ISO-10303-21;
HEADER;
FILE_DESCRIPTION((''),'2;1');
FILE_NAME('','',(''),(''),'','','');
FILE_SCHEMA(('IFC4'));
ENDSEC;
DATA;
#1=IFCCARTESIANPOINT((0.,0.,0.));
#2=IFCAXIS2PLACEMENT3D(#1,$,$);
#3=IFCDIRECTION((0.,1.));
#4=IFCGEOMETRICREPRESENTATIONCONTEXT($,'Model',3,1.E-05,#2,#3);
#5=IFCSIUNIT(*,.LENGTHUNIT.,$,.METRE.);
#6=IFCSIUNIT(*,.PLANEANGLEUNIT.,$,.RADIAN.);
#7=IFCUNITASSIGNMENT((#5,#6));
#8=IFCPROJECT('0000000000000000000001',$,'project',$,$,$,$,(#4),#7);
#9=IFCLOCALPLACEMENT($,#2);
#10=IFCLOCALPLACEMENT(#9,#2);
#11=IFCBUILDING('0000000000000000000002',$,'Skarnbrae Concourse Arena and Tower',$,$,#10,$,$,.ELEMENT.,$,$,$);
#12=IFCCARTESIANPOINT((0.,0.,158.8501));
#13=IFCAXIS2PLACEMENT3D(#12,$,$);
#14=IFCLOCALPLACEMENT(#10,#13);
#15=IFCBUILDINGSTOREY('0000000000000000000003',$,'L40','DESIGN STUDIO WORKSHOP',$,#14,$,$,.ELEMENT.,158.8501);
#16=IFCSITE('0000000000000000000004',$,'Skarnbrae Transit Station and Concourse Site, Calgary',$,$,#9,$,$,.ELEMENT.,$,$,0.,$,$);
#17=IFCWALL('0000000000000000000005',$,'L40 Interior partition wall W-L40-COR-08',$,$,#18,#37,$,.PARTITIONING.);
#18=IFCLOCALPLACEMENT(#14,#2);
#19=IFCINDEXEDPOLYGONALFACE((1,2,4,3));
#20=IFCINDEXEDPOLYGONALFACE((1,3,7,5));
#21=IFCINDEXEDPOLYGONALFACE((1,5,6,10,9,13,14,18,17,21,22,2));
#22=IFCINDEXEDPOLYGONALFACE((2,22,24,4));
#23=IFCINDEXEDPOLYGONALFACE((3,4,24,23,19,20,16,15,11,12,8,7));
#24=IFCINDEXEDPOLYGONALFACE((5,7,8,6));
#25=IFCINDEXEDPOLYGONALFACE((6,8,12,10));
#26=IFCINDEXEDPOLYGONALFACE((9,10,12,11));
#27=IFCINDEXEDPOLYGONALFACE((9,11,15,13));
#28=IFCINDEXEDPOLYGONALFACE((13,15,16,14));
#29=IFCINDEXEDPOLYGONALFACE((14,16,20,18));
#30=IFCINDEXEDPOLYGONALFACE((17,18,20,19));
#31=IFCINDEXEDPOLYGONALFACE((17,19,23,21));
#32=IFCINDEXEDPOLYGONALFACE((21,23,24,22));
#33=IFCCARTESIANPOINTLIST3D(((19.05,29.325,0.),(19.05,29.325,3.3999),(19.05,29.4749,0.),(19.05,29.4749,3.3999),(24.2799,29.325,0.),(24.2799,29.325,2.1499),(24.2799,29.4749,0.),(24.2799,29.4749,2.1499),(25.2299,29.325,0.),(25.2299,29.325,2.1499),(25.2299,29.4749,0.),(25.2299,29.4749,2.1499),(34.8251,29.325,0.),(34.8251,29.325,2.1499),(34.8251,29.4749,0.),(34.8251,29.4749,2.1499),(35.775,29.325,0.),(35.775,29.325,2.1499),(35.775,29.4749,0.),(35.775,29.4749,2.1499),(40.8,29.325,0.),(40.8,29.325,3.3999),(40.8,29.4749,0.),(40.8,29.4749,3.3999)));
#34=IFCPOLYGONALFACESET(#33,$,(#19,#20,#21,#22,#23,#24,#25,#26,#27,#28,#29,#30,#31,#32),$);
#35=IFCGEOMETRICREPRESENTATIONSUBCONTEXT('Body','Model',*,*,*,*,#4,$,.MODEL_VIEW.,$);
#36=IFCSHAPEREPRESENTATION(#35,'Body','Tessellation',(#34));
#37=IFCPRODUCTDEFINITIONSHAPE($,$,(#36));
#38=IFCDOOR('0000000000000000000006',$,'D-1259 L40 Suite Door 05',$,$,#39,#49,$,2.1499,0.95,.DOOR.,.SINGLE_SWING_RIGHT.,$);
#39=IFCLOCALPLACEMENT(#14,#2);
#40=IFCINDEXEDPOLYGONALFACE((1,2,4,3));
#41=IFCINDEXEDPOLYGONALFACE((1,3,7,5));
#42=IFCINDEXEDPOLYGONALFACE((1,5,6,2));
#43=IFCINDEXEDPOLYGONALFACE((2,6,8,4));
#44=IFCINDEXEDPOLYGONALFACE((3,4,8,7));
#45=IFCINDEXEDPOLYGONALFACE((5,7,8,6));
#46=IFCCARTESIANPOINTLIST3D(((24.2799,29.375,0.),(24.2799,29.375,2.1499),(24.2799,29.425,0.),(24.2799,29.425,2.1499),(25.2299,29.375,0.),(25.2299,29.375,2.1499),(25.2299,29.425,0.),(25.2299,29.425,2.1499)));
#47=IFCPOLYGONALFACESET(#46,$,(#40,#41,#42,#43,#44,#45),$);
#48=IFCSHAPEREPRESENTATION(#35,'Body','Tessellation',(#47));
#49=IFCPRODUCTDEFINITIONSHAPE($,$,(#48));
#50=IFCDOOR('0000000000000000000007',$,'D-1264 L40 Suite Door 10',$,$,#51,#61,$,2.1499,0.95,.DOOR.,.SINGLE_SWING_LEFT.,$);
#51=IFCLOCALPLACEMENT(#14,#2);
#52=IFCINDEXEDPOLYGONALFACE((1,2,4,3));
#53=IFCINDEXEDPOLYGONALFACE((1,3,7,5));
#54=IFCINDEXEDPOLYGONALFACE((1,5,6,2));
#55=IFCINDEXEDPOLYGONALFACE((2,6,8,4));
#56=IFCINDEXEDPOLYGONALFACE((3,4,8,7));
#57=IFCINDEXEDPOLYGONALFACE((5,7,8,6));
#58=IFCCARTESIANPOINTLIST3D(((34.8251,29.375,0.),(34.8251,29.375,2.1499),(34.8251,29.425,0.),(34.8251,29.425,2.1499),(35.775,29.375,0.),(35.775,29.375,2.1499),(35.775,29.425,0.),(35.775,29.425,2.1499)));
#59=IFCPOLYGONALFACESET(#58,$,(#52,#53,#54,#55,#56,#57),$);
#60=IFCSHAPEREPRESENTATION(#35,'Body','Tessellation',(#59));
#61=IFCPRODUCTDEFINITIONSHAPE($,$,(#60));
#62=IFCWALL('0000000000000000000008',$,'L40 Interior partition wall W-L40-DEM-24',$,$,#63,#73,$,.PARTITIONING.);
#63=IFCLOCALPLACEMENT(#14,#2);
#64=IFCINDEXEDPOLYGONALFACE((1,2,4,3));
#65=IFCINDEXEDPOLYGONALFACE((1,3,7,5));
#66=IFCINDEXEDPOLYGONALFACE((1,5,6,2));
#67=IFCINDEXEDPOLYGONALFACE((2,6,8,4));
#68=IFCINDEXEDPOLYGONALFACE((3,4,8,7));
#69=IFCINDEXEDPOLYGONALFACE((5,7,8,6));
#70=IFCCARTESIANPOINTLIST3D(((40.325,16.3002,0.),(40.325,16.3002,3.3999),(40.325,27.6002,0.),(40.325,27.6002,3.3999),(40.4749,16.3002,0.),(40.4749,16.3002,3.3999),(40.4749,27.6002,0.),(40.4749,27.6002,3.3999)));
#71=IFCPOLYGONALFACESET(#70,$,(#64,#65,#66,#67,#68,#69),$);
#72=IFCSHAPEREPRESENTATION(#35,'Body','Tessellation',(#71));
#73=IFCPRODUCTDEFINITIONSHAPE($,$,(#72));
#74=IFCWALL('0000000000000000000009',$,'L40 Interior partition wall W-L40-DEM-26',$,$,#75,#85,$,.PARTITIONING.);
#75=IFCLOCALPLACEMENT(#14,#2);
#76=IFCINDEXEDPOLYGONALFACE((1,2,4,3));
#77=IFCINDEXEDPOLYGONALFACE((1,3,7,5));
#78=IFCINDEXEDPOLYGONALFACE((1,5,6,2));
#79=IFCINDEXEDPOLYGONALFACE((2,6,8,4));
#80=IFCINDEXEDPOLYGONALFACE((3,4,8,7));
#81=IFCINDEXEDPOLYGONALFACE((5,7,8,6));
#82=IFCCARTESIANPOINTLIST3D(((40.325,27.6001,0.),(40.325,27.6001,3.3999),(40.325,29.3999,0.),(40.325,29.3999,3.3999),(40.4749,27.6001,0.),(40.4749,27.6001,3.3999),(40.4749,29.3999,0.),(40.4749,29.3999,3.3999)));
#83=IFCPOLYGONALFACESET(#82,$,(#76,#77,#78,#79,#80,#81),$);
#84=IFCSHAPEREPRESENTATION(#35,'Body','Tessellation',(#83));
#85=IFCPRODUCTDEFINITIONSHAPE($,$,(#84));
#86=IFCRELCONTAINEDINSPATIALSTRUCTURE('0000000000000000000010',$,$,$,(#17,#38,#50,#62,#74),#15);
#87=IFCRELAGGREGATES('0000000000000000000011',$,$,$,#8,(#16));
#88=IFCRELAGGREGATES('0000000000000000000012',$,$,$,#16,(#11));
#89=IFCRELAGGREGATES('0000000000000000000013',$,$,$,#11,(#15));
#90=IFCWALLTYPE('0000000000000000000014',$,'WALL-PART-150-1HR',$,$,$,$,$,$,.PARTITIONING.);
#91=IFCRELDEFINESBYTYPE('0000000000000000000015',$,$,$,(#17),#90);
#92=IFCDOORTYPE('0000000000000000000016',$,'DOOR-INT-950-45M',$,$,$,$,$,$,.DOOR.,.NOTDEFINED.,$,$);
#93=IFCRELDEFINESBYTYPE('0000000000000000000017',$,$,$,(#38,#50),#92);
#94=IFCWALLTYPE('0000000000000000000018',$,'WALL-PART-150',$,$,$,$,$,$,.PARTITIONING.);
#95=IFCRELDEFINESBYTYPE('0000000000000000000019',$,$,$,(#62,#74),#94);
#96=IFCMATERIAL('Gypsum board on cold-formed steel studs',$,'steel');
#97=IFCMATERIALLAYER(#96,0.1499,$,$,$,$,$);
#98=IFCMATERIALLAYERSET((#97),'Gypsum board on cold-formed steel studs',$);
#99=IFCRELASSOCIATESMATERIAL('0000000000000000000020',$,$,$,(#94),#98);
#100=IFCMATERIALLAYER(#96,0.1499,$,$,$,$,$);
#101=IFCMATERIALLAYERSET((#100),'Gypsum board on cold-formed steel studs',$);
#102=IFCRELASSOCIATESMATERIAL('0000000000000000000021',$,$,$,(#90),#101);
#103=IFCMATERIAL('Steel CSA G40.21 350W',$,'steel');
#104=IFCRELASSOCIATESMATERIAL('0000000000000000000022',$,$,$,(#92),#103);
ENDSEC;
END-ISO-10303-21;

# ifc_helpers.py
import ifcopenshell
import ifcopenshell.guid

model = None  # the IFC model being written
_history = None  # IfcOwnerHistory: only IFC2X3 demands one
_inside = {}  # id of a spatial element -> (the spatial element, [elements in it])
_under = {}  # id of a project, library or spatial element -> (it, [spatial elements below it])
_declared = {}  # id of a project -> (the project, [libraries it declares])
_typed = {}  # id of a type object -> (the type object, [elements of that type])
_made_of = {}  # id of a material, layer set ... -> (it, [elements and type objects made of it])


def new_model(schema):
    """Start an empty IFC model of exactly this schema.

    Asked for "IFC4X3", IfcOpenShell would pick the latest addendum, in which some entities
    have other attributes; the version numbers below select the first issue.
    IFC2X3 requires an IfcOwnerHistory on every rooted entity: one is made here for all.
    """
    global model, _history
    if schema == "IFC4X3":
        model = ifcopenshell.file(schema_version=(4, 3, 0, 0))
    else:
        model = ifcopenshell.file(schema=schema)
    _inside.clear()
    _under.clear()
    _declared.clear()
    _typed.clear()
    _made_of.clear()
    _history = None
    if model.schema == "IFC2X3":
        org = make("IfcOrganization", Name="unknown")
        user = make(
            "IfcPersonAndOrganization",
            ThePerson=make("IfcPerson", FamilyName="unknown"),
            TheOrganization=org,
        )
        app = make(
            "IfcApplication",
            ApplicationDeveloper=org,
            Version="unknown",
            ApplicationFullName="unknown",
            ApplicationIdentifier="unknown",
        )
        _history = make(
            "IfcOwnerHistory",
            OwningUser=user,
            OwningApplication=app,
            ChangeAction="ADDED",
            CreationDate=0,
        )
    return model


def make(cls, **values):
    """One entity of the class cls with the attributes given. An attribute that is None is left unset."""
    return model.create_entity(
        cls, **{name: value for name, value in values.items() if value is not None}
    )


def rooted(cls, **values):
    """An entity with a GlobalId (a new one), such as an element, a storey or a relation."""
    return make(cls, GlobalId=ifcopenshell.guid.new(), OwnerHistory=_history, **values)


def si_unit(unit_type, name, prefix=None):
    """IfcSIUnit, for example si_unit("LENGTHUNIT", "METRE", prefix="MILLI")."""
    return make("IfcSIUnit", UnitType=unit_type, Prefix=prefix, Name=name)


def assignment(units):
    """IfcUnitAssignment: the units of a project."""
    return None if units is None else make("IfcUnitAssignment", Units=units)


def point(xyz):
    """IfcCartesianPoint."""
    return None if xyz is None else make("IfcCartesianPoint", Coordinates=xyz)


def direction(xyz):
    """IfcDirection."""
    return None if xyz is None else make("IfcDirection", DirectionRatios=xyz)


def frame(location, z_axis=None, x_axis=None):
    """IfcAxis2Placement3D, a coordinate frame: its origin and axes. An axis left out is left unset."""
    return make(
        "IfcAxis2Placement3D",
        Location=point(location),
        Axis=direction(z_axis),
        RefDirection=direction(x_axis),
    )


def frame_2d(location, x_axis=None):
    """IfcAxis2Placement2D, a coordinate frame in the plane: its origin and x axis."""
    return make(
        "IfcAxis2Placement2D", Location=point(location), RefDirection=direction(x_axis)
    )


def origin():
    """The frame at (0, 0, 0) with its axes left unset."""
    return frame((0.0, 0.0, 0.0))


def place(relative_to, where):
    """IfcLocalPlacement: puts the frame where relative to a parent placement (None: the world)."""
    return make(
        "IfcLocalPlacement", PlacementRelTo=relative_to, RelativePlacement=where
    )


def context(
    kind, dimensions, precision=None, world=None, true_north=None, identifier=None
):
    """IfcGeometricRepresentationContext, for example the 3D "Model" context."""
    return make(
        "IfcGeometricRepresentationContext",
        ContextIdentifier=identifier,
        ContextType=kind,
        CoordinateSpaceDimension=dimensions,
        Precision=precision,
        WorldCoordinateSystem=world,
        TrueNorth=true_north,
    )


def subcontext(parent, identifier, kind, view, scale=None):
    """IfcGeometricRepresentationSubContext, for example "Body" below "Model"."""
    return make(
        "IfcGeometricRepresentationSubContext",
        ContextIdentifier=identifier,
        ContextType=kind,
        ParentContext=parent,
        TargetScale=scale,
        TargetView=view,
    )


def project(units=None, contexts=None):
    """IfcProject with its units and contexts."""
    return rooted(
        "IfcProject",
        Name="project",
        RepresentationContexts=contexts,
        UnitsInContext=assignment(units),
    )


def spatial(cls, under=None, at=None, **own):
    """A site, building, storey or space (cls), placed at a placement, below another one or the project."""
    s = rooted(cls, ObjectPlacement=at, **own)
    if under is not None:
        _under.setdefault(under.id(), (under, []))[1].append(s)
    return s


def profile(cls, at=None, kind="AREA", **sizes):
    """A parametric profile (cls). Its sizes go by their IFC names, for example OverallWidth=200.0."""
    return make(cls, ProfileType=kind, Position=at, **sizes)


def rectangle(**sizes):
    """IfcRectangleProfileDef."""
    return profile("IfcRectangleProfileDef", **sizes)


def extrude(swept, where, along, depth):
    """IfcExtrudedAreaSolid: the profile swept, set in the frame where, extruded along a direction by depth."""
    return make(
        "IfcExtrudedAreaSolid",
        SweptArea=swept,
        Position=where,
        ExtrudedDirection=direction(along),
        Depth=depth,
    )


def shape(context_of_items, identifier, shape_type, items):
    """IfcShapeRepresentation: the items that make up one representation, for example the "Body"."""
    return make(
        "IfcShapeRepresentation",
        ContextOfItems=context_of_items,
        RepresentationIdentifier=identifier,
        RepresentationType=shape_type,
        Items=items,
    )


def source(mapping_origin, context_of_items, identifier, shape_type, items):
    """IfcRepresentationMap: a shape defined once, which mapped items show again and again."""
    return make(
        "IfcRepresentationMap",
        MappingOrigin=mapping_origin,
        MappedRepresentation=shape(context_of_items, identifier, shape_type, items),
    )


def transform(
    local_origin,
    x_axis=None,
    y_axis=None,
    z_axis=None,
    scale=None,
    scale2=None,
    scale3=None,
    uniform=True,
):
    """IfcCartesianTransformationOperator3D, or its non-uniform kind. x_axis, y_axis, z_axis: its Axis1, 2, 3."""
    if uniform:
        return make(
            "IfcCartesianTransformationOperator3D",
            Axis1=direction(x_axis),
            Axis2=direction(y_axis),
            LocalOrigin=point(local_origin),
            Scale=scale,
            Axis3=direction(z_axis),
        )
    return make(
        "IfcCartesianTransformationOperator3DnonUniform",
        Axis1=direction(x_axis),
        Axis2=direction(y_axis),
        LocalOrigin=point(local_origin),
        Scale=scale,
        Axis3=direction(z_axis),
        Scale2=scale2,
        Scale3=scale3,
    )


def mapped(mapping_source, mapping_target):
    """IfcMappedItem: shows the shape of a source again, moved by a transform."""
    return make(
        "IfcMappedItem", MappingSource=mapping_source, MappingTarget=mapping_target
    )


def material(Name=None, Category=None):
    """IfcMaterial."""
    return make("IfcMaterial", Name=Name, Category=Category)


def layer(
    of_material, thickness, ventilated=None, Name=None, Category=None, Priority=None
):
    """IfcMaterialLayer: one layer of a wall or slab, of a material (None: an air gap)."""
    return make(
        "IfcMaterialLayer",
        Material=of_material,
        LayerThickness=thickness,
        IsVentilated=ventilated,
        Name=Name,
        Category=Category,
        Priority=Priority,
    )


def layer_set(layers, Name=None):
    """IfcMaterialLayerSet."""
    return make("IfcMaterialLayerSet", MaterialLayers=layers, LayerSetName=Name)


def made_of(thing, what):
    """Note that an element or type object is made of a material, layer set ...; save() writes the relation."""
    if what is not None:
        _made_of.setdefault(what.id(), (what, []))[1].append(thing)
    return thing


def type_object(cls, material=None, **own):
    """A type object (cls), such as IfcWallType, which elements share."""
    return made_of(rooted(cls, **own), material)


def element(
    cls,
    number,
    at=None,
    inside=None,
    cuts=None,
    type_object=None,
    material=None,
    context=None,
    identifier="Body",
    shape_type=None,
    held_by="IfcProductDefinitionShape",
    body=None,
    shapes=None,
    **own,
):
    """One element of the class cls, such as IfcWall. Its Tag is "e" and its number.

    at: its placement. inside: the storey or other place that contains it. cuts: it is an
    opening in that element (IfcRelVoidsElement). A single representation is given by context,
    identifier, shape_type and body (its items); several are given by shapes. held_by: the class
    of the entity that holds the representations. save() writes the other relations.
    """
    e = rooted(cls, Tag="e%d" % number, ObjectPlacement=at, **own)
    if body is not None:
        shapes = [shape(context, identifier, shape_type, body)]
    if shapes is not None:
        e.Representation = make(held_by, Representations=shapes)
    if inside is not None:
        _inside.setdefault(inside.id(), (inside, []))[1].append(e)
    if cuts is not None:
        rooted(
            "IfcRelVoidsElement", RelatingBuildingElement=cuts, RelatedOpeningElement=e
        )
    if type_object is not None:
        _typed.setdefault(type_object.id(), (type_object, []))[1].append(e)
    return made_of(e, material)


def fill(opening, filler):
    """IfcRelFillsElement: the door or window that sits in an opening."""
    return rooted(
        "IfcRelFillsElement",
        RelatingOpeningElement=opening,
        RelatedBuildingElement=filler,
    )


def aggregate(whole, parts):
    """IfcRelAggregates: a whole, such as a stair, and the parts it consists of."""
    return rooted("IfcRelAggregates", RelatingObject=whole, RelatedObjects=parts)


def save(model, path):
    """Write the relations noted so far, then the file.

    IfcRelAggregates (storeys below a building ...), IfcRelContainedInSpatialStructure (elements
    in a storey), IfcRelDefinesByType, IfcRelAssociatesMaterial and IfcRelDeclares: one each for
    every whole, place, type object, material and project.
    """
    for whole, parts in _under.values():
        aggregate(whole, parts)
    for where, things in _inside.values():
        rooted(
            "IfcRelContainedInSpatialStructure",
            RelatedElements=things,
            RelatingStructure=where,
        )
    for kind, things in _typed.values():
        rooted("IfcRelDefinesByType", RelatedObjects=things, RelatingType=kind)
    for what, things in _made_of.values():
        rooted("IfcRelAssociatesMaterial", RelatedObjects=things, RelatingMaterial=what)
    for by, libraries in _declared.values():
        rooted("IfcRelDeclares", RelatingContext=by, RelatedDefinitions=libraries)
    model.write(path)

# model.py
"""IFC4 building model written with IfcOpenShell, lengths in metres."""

from ifc_helpers import new_model, si_unit, direction, frame, frame_2d, origin, place, context, subcontext, project, spatial, rectangle, extrude, source, transform, mapped, material, layer, layer_set, type_object, element, fill, save


model = new_model("IFC4")

# Units and contexts
model_context = context("Model", 3, precision=1e-05, world=origin(), true_north=direction((0.0, 1.0)))
body_context = subcontext(model_context, "Body", "Model", "MODEL_VIEW")
ifc_project = project(units=[si_unit("LENGTHUNIT", "METRE"), si_unit("PLANEANGLEUNIT", "RADIAN")], contexts=[model_context])

# Site, building, storey
site_placement = place(None, origin())
site = spatial("IfcSite", under=ifc_project, at=site_placement, Name="Skarnbrae Transit Station and Concourse Site, Calgary", CompositionType="ELEMENT", RefElevation=0.0)
building_placement = place(site_placement, origin())
building = spatial("IfcBuilding", under=site, at=building_placement, Name="Skarnbrae Concourse Arena and Tower", CompositionType="ELEMENT")
storey_placement = place(building_placement, frame((0.0, 0.0, 158.8501)))
storey = spatial("IfcBuildingStorey", under=building, at=storey_placement, Name="L40", Description="DESIGN STUDIO WORKSHOP", CompositionType="ELEMENT", Elevation=158.8501)

# Shared definitions
ifc_material_1 = material(Name="Steel CSA G40.21 350W", Category="steel")

# Shared definitions
ifc_material_2 = material(Name="Gypsum board on cold-formed steel studs", Category="steel")
ifc_layer_1 = layer(ifc_material_2, 0.1499)
ifc_layer_set_1 = layer_set([ifc_layer_1], Name="Gypsum board on cold-formed steel studs")
wall_type_1 = type_object("IfcWallType", Name="WALL-PART-150", PredefinedType="PARTITIONING", material=ifc_layer_set_1)

# Wall, openings, doors
ifc_layer_2 = layer(ifc_material_2, 0.1499)
ifc_layer_set_2 = layer_set([ifc_layer_2], Name="Gypsum board on cold-formed steel studs")
wall_type_2 = type_object("IfcWallType", Name="WALL-PART-150-1HR", PredefinedType="PARTITIONING", material=ifc_layer_set_2)
shared_shape_1 = source(origin(), body_context, "Body", "SweptSolid", [
    extrude(rectangle(XDim=21.75, YDim=0.1499, at=frame_2d((10.875, 0.0))), origin(), (0.0, 0.0, 1.0), 3.3999),
])
wall_1_placement = place(storey_placement, frame((40.8, 29.3999, 0.0), z_axis=(0.0, 0.0, 1.0), x_axis=(-1.0, 0.0, 0.0)))
wall_1 = element("IfcWall", 1, at=wall_1_placement, inside=storey, type_object=wall_type_2, Name="L40 Interior partition wall W-L40-COR-08", PredefinedType="PARTITIONING", context=body_context, shape_type="MappedRepresentation", body=[
    mapped(shared_shape_1, transform((0.0, 0.0, 0.0))),
])
opening_1_placement = place(wall_1_placement, frame((15.5701, 0.0, 0.0)))
opening_1 = element("IfcOpeningElement", 2, at=opening_1_placement, cuts=wall_1, PredefinedType="OPENING", context=body_context, shape_type="SweptSolid", body=[
    extrude(rectangle(XDim=0.95, YDim=2.1499, at=frame_2d((0.4751, 1.075))), frame((0.0, 0.085, 0.0), z_axis=(0.0, -1.0, 0.0), x_axis=(1.0, 0.0, 0.0)), (0.0, 0.0, 1.0), 0.1699),
])
opening_2_placement = place(wall_1_placement, frame((5.0249, 0.0, 0.0)))
opening_2 = element("IfcOpeningElement", 3, at=opening_2_placement, cuts=wall_1, PredefinedType="OPENING", context=body_context, shape_type="SweptSolid", body=[
    extrude(rectangle(XDim=0.95, YDim=2.1499, at=frame_2d((0.4751, 1.075))), frame((0.0, 0.085, 0.0), z_axis=(0.0, -1.0, 0.0), x_axis=(1.0, 0.0, 0.0)), (0.0, 0.0, 1.0), 0.1699),
])
door_type = type_object("IfcDoorType", Name="DOOR-INT-950-45M", OperationType="NOTDEFINED", PredefinedType="DOOR", material=ifc_material_1)
shared_shape_2 = source(origin(), body_context, "Body", "SweptSolid", [
    extrude(rectangle(XDim=0.95, YDim=2.1499, at=frame_2d((0.4751, 1.075))), frame((0.0, 0.0249, 0.0), z_axis=(0.0, -1.0, 0.0), x_axis=(1.0, 0.0, 0.0)), (0.0, 0.0, 1.0), 0.05),
])
door_1_placement = place(opening_1_placement, origin())
door_1 = element("IfcDoor", 4, at=door_1_placement, inside=storey, type_object=door_type, Name="D-1259 L40 Suite Door 05", OperationType="SINGLE_SWING_RIGHT", OverallHeight=2.1499, OverallWidth=0.95, PredefinedType="DOOR", context=body_context, shape_type="MappedRepresentation", body=[
    mapped(shared_shape_2, transform((0.0, 0.0, 0.0))),
])
fill(opening_1, door_1)
door_2_placement = place(opening_2_placement, origin())
door_2 = element("IfcDoor", 5, at=door_2_placement, inside=storey, type_object=door_type, Name="D-1264 L40 Suite Door 10", OperationType="SINGLE_SWING_LEFT", OverallHeight=2.1499, OverallWidth=0.95, PredefinedType="DOOR", context=body_context, shape_type="MappedRepresentation", body=[
    mapped(shared_shape_2, transform((0.0, 0.0, 0.0))),
])
fill(opening_2, door_2)

# Walls
shared_shape_3 = source(origin(), body_context, "Body", "SweptSolid", [
    extrude(rectangle(XDim=11.3, YDim=0.1499, at=frame_2d((5.6499, 0.0))), origin(), (0.0, 0.0, 1.0), 3.3999),
])
wall_2_placement = place(storey_placement, frame((40.3999, 27.6001, 0.0), z_axis=(0.0, 0.0, 1.0), x_axis=(0.0, -1.0, 0.0)))
element("IfcWall", 6, at=wall_2_placement, inside=storey, type_object=wall_type_1, Name="L40 Interior partition wall W-L40-DEM-24", PredefinedType="PARTITIONING", context=body_context, shape_type="MappedRepresentation", body=[
    mapped(shared_shape_3, transform((0.0, 0.0, 0.0))),
])
shared_shape_4 = source(origin(), body_context, "Body", "SweptSolid", [
    extrude(rectangle(XDim=1.7998, YDim=0.1499, at=frame_2d((0.8999, 0.0))), origin(), (0.0, 0.0, 1.0), 3.3999),
])
wall_3_placement = place(storey_placement, frame((40.3999, 29.3999, 0.0), z_axis=(0.0, 0.0, 1.0), x_axis=(0.0, -1.0, 0.0)))
element("IfcWall", 7, at=wall_3_placement, inside=storey, type_object=wall_type_1, Name="L40 Interior partition wall W-L40-DEM-26", PredefinedType="PARTITIONING", context=body_context, shape_type="MappedRepresentation", body=[
    mapped(shared_shape_4, transform((0.0, 0.0, 0.0))),
])

save(model, "model.ifc")
